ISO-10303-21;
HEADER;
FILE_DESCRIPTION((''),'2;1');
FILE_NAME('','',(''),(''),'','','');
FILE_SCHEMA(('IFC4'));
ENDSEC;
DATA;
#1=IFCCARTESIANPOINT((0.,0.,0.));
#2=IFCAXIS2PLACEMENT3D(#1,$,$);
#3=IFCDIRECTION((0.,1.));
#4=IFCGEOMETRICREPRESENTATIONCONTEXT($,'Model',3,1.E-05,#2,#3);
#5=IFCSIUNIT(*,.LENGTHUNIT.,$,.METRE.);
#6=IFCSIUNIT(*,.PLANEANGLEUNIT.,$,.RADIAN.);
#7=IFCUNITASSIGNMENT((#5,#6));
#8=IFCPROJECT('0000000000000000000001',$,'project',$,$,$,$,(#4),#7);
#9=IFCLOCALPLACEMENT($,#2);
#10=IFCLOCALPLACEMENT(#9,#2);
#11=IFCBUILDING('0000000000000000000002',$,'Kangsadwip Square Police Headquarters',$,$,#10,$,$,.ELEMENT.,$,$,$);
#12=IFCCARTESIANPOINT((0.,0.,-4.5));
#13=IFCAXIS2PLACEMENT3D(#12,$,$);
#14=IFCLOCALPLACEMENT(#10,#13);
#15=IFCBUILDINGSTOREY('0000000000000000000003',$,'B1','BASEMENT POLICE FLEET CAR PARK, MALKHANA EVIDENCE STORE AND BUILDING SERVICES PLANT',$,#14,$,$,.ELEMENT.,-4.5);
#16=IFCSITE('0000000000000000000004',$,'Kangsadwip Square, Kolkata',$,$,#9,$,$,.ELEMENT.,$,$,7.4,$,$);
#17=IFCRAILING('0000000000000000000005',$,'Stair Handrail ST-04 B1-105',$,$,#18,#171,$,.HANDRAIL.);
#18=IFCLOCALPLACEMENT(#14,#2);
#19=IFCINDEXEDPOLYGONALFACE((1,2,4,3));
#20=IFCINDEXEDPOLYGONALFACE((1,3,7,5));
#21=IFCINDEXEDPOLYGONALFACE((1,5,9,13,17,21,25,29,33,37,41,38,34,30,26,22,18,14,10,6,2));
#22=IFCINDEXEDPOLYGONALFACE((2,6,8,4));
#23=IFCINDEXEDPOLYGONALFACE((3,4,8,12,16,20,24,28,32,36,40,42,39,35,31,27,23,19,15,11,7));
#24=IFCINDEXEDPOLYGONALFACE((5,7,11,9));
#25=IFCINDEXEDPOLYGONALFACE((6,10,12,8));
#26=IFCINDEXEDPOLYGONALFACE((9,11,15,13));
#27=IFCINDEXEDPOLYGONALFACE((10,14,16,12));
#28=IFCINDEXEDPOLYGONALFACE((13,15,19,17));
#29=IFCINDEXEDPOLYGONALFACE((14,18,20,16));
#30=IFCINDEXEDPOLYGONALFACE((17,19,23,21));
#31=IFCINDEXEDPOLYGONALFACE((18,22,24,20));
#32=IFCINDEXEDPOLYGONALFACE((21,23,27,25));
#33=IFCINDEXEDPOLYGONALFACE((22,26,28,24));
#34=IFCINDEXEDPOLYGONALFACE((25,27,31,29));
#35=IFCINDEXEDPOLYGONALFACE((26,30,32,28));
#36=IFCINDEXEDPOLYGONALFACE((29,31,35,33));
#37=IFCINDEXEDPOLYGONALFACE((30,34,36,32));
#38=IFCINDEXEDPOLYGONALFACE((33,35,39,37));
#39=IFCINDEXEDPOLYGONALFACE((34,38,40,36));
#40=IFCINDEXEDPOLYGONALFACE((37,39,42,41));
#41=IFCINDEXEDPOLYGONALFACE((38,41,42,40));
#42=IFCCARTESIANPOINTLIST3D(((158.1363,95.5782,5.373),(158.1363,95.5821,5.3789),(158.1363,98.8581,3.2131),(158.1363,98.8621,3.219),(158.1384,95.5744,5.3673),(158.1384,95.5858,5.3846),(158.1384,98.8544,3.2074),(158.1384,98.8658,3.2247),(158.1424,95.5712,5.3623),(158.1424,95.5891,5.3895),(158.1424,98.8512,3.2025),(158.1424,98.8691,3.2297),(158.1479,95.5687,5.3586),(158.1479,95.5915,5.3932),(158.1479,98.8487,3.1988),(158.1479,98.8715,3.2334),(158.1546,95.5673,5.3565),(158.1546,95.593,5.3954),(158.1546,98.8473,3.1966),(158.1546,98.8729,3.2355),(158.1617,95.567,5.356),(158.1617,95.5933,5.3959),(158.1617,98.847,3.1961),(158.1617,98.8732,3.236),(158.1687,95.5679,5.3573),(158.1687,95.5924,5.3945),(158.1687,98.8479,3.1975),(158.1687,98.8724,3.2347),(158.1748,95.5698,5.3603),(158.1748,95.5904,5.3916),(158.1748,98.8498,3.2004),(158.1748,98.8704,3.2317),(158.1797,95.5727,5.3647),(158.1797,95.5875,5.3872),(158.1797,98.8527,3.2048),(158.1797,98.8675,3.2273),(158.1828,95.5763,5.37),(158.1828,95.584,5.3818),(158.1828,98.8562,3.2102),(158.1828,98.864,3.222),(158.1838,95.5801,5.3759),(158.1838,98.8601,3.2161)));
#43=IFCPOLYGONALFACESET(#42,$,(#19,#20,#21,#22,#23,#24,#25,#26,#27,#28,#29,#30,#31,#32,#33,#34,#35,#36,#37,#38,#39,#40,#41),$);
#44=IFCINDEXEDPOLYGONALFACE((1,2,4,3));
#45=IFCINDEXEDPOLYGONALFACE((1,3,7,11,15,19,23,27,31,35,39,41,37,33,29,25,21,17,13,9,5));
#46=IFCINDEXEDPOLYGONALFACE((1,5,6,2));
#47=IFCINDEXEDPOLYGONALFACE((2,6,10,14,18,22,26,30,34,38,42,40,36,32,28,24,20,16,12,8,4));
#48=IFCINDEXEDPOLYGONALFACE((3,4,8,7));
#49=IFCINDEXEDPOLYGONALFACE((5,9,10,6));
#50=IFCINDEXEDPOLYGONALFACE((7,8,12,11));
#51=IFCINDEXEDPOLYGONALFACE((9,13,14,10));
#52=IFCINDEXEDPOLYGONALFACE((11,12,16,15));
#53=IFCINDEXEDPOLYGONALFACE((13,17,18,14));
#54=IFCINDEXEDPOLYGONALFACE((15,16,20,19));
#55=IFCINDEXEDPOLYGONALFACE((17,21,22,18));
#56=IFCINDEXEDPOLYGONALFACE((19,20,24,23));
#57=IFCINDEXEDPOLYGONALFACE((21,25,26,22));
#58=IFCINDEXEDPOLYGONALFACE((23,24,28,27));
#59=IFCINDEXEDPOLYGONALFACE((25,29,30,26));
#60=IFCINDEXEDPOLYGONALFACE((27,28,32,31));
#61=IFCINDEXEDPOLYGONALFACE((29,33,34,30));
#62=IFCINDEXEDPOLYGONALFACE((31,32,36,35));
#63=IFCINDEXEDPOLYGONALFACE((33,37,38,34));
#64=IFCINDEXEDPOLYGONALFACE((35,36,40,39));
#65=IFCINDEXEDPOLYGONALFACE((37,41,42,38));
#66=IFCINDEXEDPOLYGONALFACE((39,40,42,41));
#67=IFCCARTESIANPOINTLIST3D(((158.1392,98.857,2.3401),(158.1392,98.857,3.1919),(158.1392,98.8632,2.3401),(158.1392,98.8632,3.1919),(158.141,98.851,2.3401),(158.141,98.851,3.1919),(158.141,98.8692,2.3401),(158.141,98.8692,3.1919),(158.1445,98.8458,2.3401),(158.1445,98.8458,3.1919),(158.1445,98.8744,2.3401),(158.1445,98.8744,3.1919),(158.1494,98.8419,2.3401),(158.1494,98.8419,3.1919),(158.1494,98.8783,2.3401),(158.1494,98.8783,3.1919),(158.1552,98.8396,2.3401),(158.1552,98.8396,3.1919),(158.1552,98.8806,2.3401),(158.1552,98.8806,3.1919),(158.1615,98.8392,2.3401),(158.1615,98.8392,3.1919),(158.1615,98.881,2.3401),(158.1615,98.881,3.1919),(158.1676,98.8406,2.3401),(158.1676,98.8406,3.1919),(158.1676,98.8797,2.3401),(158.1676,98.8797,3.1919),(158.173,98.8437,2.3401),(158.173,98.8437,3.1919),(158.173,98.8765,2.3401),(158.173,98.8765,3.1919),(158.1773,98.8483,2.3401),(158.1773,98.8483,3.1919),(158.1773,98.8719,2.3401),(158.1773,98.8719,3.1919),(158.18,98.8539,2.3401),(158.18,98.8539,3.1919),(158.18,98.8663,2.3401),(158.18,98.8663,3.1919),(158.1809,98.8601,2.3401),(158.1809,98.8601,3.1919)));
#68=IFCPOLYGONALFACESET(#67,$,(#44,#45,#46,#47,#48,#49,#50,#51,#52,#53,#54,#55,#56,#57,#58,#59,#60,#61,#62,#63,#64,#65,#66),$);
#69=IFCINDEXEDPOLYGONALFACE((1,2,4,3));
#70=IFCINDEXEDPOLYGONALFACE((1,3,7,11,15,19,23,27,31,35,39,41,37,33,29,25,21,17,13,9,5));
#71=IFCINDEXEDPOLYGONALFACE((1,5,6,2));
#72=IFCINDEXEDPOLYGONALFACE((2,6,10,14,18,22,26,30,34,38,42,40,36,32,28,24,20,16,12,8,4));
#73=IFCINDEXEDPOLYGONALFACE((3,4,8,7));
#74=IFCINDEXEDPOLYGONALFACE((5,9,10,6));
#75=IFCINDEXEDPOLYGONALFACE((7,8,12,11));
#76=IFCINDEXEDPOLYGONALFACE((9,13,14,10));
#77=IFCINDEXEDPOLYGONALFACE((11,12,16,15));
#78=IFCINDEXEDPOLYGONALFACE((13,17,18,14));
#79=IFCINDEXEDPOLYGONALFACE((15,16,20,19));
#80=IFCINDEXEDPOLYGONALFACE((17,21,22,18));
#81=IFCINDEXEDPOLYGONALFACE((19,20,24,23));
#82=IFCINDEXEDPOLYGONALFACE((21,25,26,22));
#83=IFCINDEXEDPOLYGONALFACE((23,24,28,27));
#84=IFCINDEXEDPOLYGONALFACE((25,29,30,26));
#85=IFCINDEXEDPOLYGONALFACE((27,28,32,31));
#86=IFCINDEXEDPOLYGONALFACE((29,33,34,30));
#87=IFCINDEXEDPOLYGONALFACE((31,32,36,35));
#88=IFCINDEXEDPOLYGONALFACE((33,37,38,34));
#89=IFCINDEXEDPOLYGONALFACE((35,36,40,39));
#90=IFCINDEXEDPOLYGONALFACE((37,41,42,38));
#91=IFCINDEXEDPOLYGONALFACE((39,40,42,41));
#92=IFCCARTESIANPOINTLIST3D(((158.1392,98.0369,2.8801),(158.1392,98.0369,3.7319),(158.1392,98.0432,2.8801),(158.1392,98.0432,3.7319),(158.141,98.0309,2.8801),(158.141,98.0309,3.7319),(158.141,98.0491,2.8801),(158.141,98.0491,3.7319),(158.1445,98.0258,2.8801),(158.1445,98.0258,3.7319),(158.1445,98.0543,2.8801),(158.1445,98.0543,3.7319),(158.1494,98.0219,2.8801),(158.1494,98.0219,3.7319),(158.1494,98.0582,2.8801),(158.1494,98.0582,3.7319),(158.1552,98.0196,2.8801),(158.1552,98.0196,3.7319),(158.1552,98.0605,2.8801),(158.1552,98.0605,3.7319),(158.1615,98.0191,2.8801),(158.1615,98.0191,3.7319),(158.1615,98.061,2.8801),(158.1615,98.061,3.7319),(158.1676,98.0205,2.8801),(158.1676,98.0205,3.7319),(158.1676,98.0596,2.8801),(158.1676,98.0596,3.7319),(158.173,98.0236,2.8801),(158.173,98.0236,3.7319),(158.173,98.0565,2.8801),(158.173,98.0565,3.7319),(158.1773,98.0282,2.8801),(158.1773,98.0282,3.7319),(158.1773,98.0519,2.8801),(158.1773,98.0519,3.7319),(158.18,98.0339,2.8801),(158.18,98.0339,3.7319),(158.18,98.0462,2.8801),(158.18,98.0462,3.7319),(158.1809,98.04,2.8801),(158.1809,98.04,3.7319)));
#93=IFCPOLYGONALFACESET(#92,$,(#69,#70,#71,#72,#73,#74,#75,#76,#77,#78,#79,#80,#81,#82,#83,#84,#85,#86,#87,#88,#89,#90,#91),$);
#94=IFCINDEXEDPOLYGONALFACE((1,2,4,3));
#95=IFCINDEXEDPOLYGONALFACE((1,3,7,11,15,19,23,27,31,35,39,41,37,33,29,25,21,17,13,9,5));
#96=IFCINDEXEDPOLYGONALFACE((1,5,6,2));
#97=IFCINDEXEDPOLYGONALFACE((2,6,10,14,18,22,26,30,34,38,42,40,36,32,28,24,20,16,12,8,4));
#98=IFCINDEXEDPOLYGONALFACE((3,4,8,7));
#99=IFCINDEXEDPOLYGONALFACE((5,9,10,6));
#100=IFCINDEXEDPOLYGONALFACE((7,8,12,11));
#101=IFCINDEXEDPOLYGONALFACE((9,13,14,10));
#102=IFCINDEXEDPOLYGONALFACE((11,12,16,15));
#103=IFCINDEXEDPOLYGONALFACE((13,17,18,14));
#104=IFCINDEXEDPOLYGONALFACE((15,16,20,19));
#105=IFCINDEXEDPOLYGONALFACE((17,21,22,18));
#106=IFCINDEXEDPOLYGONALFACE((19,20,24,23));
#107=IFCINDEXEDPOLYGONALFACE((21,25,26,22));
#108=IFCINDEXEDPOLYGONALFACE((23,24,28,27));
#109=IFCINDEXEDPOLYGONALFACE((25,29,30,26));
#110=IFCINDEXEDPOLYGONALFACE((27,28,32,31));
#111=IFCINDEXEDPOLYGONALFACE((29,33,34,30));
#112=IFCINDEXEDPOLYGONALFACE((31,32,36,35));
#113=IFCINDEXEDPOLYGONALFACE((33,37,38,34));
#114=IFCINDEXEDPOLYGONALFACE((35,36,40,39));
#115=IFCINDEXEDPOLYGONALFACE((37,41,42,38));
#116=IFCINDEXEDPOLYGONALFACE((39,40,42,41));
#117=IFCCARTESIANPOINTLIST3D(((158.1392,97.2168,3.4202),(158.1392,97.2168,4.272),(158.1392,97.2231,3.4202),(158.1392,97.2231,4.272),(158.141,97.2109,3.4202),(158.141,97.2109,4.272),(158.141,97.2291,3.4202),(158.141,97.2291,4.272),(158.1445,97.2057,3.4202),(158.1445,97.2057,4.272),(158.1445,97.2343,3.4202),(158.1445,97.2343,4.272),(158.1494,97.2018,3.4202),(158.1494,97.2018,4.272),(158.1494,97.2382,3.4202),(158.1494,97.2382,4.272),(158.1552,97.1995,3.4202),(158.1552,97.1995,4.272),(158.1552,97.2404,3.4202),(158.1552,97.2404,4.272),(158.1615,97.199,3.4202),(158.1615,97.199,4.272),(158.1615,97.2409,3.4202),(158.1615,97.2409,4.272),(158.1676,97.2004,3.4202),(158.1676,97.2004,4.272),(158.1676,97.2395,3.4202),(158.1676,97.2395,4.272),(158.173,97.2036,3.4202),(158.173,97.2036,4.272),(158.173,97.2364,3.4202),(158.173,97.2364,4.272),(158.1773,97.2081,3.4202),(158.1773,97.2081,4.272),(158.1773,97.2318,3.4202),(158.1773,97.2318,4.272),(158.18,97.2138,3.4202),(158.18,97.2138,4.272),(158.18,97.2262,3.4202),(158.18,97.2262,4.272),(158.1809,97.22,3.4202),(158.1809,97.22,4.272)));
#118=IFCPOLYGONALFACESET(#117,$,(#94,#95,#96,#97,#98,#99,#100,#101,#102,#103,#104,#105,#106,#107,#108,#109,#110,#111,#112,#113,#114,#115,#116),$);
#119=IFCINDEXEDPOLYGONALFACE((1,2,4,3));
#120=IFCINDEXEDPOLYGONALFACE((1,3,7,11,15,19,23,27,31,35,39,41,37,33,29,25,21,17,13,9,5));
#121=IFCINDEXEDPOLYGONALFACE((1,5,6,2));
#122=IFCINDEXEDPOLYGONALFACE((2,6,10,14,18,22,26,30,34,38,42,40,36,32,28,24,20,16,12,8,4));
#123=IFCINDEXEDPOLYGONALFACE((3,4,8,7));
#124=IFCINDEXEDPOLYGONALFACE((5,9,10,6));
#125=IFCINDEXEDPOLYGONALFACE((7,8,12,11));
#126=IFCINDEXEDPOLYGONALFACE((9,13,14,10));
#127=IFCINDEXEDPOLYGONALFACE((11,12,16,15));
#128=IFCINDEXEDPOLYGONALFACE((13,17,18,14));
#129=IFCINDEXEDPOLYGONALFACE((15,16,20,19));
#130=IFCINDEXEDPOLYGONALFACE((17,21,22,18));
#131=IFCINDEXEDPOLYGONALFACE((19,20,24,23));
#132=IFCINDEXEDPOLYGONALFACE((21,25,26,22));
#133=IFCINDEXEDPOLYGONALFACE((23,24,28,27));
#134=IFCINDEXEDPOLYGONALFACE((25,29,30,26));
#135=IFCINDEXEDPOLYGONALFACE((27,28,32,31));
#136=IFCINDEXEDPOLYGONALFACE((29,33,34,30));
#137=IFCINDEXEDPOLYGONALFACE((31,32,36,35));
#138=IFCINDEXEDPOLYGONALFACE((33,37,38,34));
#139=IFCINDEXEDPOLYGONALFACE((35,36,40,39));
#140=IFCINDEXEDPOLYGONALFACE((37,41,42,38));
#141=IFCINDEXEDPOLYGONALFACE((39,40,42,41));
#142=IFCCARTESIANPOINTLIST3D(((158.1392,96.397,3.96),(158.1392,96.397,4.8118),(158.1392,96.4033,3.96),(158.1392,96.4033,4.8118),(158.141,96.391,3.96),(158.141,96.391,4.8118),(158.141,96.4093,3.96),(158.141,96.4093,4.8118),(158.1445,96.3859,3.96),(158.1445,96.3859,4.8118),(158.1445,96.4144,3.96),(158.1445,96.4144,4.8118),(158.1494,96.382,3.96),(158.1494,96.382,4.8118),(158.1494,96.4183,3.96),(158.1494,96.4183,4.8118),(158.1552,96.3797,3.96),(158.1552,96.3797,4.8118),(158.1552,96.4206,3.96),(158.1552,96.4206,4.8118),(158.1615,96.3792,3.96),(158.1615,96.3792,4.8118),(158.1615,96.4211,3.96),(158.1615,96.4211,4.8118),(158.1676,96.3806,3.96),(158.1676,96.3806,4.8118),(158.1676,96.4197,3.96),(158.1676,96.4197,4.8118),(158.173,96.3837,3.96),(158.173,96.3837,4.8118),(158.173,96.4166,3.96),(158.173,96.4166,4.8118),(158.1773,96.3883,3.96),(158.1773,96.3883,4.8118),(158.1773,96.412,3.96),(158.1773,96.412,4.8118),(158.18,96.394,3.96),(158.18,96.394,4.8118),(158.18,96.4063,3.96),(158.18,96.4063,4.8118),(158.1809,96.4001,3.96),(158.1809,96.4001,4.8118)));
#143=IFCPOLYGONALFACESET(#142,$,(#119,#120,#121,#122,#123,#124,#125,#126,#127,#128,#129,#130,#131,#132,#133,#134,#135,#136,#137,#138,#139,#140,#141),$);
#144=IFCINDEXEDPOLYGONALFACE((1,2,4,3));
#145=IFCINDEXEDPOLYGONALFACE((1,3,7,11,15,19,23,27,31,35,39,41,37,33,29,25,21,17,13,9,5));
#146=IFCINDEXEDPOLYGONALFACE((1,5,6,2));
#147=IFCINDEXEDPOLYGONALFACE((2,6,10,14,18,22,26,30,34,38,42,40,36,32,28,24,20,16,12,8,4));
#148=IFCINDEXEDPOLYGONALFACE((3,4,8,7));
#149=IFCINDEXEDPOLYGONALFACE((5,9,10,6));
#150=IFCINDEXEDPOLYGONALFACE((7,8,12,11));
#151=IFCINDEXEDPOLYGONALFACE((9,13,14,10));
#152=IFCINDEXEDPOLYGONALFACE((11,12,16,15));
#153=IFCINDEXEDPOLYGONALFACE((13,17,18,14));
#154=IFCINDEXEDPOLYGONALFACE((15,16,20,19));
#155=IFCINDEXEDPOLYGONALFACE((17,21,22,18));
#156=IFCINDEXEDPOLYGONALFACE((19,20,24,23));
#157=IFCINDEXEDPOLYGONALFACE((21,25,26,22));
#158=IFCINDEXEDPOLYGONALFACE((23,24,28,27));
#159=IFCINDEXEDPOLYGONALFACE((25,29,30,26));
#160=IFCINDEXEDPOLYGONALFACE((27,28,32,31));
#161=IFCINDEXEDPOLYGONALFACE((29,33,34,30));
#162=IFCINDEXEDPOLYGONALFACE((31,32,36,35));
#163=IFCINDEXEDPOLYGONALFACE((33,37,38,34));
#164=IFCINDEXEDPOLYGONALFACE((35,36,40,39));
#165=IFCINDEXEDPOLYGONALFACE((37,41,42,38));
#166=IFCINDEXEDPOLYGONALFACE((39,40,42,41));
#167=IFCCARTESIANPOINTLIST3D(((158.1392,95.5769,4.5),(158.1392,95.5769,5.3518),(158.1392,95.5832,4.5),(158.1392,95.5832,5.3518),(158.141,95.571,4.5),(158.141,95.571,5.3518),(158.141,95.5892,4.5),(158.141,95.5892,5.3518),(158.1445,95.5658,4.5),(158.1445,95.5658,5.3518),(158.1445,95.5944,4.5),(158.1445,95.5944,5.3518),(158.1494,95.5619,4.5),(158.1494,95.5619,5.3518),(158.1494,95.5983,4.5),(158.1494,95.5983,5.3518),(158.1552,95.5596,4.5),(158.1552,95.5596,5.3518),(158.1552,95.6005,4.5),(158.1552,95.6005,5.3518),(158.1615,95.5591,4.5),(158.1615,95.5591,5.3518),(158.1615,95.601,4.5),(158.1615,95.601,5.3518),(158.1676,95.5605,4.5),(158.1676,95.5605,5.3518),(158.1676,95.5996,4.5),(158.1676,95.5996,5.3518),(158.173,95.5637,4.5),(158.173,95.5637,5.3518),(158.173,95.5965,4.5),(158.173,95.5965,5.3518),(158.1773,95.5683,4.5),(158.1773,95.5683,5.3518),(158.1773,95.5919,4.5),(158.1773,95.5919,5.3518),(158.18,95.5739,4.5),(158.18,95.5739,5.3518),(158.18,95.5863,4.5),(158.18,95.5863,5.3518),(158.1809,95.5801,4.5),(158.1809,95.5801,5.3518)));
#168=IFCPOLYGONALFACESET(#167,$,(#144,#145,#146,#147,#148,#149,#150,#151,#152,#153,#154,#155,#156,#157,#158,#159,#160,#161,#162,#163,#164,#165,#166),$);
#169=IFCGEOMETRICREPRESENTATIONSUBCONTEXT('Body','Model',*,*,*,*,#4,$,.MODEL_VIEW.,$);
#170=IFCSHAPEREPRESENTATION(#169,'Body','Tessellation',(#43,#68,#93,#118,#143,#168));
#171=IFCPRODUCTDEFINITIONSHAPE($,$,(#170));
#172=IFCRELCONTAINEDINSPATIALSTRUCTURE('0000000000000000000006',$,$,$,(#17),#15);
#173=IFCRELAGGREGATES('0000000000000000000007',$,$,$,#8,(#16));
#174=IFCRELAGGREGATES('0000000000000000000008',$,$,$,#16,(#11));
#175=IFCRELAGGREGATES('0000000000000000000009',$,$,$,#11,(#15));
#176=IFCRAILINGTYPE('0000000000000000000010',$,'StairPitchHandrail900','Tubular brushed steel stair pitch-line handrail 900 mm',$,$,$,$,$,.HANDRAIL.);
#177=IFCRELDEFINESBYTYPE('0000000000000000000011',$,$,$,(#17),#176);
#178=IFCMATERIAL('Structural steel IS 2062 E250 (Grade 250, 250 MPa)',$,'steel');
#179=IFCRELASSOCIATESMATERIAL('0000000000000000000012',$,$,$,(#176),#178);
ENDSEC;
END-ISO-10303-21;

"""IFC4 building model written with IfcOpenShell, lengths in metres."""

from ifc_helpers import new_model, si_unit, direction, frame, origin, origin_2d, place, context, subcontext, project, spatial, circle, extrude, material, type_object, element, save


model = new_model("IFC4")

# Units and contexts
model_context = context("Model", 3, precision=1e-05, world=origin(), true_north=direction((0.0, 1.0)))
body_context = subcontext(model_context, "Body", "Model", "MODEL_VIEW")
ifc_project = project(units=[si_unit("LENGTHUNIT", "METRE"), si_unit("PLANEANGLEUNIT", "RADIAN")], contexts=[model_context])

# Site, building, storey
site_placement = place(None, origin())
site = spatial("IfcSite", under=ifc_project, at=site_placement, Name="Kangsadwip Square, Kolkata", CompositionType="ELEMENT", RefElevation=7.4)
building_placement = place(site_placement, origin())
building = spatial("IfcBuilding", under=site, at=building_placement, Name="Kangsadwip Square Police Headquarters", CompositionType="ELEMENT")
storey_placement = place(building_placement, frame((0.0, 0.0, -4.5)))
storey = spatial("IfcBuildingStorey", under=building, at=storey_placement, Name="B1", Description="BASEMENT POLICE FLEET CAR PARK, MALKHANA EVIDENCE STORE AND BUILDING SERVICES PLANT", CompositionType="ELEMENT", Elevation=-4.5)

# Railing
ifc_material_1 = material(Name="Structural steel IS 2062 E250 (Grade 250, 250 MPa)", Category="steel")
railing_type = type_object("IfcRailingType", Name="StairPitchHandrail900", Description="Tubular brushed steel stair pitch-line handrail 900 mm", PredefinedType="HANDRAIL", material=ifc_material_1)
railing_placement = place(storey_placement, frame((158.1599, 98.8601, 2.3401)))
element("IfcRailing", 1, at=railing_placement, inside=storey, type_object=railing_type, Name="Stair Handrail ST-04 B1-105", PredefinedType="HANDRAIL", context=body_context, shape_type="SweptSolid", body=[
    extrude(circle(Radius=0.0239, at=origin_2d()), frame((0.0, 0.0, 0.876), z_axis=(0.0, -0.835183, 0.549972), x_axis=(1.0, 0.0, 0.0)), (0.0, 0.0, 1.0), 3.9272),
    extrude(circle(Radius=0.021, at=origin_2d()), origin(), (0.0, 0.0, 1.0), 0.8518),
    extrude(circle(Radius=0.021, at=origin_2d()), frame((0.0, -0.8201, 0.54)), (0.0, 0.0, 1.0), 0.8518),
    extrude(circle(Radius=0.021, at=origin_2d()), frame((0.0, -1.6401, 1.0801)), (0.0, 0.0, 1.0), 0.8518),
    extrude(circle(Radius=0.021, at=origin_2d()), frame((0.0, -2.46, 1.6199)), (0.0, 0.0, 1.0), 0.8518),
    extrude(circle(Radius=0.021, at=origin_2d()), frame((0.0, -3.28, 2.1599)), (0.0, 0.0, 1.0), 0.8518),
])

save(model, "model.ifc")
